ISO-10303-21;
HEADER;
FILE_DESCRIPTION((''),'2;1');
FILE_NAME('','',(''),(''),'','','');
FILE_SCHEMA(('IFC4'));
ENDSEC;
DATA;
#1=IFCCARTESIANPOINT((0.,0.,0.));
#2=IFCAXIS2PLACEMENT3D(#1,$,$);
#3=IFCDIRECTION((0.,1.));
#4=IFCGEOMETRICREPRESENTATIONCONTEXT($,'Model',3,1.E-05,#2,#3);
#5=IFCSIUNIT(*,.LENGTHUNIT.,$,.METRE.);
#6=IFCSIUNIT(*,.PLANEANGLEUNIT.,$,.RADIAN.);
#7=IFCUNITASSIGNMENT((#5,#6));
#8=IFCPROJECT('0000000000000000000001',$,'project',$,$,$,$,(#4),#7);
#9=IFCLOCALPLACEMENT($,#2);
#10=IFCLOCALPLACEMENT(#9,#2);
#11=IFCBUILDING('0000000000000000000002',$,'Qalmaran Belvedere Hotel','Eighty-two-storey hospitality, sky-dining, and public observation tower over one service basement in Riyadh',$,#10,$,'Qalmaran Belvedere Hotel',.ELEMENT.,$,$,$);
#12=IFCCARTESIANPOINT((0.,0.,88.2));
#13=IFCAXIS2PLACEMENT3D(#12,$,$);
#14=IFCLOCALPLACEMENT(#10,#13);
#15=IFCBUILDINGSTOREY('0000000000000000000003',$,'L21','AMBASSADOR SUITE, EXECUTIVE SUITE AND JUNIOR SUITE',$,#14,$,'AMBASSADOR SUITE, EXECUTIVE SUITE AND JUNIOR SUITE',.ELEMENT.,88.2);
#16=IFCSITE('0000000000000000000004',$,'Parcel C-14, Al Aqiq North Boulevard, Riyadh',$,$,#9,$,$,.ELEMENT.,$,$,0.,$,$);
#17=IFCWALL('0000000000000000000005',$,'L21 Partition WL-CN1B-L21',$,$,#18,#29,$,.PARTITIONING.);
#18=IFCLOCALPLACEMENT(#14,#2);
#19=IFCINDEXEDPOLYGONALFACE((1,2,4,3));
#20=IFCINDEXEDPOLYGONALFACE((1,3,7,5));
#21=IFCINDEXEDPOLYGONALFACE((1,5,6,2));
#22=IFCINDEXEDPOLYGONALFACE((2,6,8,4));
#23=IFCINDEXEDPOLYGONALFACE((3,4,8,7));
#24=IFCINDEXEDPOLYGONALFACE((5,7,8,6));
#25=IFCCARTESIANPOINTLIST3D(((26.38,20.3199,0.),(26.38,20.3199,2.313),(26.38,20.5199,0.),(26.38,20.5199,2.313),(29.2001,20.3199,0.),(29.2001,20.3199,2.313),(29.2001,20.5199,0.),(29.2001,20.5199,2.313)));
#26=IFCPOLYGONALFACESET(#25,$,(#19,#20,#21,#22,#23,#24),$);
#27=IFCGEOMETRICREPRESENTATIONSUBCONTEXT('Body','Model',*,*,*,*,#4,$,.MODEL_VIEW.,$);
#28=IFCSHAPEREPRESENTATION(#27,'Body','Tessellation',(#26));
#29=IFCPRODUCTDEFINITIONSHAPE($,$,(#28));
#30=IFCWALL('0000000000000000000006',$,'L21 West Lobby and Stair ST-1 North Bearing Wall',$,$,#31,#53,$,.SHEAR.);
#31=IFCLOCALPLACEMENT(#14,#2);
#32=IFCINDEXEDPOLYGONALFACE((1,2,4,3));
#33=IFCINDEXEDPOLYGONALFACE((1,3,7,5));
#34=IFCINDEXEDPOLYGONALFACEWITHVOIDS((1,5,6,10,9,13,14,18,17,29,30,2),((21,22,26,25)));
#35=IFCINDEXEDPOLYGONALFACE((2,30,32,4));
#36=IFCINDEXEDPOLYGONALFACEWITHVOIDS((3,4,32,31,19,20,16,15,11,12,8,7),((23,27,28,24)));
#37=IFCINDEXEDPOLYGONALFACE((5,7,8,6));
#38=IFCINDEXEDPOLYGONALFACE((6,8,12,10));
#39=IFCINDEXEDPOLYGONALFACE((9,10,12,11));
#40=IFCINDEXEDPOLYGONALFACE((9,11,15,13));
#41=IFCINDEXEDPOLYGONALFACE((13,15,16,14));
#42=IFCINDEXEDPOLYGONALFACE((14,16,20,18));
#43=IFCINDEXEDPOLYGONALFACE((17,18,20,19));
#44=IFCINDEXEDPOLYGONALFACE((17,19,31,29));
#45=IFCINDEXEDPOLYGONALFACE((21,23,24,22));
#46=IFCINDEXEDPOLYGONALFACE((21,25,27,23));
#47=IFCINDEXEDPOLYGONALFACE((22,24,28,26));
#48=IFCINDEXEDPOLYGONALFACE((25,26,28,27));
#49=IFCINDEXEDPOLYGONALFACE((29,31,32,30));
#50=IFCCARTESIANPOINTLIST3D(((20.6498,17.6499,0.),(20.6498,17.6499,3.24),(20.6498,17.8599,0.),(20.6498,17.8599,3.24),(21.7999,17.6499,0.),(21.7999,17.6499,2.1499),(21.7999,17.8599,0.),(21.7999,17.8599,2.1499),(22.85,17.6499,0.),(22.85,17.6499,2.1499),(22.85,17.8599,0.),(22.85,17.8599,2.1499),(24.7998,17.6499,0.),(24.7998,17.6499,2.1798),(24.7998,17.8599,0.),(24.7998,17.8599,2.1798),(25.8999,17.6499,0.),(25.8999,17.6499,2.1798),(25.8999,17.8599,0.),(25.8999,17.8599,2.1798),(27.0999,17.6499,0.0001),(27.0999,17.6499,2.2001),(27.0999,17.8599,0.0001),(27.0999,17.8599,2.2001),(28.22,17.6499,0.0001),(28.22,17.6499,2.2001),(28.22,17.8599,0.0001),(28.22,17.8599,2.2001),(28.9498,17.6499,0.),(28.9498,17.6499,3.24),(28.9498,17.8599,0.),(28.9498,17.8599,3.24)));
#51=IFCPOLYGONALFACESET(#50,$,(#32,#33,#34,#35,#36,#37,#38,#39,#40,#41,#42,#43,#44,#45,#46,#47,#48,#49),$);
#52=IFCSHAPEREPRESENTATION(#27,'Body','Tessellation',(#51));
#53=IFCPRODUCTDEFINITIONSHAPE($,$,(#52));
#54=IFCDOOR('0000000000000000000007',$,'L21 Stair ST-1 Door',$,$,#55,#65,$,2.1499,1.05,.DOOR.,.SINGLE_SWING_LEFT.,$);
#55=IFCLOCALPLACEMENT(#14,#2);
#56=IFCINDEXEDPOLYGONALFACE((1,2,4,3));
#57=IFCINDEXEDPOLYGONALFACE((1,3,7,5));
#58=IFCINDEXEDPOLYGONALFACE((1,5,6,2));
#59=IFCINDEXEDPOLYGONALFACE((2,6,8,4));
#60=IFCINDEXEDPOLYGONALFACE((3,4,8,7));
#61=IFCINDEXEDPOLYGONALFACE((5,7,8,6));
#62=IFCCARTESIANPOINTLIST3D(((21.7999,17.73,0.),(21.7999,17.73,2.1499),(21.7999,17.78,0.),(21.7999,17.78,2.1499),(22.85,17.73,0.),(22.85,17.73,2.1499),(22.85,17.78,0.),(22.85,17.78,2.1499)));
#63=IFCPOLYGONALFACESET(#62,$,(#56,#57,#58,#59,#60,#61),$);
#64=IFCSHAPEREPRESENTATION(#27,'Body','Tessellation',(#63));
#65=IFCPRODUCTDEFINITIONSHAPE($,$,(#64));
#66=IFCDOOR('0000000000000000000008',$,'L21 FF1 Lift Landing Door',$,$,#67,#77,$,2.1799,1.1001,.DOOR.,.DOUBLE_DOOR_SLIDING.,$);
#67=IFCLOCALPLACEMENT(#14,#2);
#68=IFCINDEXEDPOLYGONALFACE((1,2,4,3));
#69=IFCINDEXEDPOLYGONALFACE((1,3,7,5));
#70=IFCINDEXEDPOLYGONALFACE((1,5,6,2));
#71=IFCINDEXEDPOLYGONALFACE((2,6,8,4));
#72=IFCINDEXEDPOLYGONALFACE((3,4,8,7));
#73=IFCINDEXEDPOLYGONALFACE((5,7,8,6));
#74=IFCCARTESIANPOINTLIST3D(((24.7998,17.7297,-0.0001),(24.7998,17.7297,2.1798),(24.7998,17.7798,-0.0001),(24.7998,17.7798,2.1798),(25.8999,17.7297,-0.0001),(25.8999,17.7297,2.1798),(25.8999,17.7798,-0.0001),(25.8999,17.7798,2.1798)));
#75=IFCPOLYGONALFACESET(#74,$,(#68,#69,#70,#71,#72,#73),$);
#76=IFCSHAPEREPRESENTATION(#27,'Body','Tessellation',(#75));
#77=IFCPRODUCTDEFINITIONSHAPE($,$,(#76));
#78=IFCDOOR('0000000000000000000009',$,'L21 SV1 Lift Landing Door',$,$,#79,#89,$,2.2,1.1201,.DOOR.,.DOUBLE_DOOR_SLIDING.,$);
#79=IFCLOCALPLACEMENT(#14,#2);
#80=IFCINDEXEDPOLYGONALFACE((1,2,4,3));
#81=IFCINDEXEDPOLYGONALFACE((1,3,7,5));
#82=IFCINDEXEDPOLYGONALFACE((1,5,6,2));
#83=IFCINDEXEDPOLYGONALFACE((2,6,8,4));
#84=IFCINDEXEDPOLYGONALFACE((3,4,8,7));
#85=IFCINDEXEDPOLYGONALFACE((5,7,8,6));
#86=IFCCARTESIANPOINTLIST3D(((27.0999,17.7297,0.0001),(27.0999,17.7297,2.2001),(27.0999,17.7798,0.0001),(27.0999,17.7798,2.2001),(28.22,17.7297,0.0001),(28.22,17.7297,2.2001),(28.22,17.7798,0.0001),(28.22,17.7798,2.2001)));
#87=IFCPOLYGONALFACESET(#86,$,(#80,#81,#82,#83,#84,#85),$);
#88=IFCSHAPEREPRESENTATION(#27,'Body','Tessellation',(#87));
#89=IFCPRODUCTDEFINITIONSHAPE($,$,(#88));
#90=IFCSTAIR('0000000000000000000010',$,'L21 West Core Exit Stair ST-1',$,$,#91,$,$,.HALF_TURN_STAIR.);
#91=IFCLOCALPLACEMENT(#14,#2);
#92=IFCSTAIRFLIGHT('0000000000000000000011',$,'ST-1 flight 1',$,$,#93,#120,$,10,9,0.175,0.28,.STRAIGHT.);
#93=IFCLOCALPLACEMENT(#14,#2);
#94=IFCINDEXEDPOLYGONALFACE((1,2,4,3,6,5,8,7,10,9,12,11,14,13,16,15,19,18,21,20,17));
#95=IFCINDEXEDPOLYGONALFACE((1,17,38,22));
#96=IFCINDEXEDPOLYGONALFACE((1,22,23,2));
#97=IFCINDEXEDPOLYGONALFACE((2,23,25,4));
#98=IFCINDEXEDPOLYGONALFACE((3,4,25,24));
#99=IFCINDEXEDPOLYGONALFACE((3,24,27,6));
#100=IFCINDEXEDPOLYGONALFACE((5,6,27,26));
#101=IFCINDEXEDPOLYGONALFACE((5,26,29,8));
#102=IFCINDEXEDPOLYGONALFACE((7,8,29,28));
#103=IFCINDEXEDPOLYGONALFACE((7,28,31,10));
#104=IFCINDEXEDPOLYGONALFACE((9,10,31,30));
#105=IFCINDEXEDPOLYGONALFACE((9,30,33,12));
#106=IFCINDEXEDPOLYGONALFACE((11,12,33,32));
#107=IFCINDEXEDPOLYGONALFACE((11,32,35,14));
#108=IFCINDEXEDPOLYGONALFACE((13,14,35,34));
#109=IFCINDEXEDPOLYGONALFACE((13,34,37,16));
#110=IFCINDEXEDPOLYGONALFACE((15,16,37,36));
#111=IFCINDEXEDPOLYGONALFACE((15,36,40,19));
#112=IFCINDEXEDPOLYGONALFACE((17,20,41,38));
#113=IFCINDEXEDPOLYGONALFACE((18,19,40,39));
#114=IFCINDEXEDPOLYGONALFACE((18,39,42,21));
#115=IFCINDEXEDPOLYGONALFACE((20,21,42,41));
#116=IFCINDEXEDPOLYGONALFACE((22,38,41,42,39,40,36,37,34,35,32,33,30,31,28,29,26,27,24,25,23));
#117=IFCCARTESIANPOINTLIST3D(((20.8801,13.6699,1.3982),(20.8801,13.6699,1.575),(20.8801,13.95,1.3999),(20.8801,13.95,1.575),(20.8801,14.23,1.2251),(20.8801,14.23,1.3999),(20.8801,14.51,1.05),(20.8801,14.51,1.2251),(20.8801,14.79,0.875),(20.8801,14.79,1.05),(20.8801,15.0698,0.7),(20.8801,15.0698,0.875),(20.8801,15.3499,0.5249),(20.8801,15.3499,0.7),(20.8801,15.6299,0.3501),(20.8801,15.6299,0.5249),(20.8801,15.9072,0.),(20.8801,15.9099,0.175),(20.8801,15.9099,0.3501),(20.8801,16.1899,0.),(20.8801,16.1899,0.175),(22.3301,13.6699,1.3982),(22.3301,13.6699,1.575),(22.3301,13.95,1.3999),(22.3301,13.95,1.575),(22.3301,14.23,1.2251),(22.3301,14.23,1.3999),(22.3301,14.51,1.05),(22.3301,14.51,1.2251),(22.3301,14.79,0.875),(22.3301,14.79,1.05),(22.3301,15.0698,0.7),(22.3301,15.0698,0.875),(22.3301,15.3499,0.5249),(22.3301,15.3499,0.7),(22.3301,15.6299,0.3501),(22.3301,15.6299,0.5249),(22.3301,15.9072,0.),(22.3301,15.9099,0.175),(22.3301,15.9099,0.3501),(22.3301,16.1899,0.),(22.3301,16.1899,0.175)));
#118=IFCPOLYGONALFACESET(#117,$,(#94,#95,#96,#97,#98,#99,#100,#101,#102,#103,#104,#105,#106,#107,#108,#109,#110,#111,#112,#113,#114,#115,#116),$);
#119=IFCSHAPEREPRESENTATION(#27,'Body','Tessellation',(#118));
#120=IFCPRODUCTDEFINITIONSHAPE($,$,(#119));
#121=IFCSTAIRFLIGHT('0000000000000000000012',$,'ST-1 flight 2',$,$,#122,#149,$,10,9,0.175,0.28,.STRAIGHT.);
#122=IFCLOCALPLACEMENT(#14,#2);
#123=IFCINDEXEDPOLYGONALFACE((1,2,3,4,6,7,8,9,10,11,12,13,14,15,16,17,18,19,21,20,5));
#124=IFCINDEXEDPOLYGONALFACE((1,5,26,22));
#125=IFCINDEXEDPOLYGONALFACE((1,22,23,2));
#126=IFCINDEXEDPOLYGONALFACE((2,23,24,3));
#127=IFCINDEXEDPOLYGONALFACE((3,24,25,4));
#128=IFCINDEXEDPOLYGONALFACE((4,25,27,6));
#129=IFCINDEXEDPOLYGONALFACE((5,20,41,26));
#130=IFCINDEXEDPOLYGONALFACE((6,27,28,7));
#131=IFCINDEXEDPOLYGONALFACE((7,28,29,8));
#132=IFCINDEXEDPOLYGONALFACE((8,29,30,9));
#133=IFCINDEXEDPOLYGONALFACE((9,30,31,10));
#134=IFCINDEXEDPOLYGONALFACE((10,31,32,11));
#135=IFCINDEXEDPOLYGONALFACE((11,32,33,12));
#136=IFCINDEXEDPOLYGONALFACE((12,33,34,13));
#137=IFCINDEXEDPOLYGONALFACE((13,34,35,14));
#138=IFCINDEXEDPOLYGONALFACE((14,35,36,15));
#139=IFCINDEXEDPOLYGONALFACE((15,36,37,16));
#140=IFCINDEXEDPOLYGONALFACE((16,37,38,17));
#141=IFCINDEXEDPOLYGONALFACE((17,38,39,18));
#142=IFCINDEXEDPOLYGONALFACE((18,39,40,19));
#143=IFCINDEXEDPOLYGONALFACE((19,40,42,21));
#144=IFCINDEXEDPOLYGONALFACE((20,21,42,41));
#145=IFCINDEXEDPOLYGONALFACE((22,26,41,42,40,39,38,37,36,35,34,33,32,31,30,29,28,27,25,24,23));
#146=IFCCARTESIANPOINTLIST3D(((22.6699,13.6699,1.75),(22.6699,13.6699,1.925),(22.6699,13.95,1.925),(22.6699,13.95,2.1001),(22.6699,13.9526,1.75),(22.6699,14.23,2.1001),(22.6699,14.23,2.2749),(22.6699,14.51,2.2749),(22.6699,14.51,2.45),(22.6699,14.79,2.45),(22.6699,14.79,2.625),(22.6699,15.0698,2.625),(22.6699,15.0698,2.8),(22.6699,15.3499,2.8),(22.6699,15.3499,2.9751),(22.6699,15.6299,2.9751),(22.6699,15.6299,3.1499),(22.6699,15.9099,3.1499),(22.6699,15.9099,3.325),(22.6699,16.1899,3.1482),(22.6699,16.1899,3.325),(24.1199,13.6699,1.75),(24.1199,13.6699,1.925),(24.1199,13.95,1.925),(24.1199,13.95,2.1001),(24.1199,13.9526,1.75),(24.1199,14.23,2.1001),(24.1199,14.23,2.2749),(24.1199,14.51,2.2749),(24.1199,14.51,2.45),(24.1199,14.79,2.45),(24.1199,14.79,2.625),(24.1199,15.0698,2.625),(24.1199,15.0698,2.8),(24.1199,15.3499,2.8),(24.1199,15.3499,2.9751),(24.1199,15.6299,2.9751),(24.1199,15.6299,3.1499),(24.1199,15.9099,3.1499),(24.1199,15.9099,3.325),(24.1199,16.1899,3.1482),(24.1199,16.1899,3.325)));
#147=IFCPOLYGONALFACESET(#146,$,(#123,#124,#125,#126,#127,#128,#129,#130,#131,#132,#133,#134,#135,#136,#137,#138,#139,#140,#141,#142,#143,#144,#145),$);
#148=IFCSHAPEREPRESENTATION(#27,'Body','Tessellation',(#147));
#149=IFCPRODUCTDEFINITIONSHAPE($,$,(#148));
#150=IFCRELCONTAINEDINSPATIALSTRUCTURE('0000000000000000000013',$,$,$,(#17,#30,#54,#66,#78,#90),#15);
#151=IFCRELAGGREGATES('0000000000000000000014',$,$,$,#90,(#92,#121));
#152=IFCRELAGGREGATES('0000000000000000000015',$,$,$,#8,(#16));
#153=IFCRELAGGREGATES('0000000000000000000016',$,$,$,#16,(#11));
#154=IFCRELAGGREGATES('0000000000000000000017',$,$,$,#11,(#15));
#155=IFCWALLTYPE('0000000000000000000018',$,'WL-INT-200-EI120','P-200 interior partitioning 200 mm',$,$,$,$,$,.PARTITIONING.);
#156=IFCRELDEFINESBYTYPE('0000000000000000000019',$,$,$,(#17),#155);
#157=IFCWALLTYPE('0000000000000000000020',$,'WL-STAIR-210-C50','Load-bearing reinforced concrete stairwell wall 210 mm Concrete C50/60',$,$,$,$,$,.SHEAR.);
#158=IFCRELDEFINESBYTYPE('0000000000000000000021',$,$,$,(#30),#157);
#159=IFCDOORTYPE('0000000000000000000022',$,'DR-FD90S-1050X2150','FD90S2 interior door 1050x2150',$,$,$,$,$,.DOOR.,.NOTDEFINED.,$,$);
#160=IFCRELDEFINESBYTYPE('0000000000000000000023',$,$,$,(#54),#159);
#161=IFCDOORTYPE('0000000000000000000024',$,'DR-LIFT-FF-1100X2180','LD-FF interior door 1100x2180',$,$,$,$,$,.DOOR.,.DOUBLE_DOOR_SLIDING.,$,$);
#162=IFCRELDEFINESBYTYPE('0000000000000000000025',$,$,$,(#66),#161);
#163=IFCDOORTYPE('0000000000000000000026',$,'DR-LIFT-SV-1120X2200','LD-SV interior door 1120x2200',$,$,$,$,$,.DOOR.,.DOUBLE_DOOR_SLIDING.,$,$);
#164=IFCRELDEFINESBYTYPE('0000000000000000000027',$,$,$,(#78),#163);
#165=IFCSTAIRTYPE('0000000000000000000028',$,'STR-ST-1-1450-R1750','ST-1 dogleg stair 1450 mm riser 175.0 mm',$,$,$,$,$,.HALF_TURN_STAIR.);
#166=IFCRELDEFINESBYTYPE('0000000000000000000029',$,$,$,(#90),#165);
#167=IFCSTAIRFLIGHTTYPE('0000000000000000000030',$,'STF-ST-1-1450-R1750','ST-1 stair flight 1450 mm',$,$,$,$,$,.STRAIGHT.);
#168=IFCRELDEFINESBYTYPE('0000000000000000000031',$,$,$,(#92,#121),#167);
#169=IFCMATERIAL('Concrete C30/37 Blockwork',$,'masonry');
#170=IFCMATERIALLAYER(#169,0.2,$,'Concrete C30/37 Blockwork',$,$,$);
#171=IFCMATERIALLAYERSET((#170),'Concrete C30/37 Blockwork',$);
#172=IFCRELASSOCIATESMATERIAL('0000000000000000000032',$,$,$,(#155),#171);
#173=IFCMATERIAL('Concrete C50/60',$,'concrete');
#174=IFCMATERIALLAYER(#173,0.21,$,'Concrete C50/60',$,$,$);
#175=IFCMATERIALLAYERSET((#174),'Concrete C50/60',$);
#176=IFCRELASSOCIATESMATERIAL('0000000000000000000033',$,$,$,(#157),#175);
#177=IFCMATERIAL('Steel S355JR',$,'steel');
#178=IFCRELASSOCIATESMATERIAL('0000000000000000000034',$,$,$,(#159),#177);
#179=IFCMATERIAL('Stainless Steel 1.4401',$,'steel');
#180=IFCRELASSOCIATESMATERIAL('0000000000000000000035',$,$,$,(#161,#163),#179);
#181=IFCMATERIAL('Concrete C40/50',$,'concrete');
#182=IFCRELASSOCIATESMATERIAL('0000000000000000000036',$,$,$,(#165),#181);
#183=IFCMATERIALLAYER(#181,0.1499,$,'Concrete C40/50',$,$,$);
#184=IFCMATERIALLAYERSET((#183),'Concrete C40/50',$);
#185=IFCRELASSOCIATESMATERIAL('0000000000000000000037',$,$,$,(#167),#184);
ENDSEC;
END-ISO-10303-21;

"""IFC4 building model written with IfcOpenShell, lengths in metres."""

from ifc_helpers import new_model, si_unit, direction, frame, frame_2d, origin, place, context, subcontext, project, spatial, polyline, rectangle, outline, extrude, material, layer, layer_set, type_object, element, fill, aggregate, save


model = new_model("IFC4")

# Units and contexts
model_context = context("Model", 3, precision=1e-05, world=origin(), true_north=direction((0.0, 1.0)))
body_context = subcontext(model_context, "Body", "Model", "MODEL_VIEW")
ifc_project = project(units=[si_unit("LENGTHUNIT", "METRE"), si_unit("PLANEANGLEUNIT", "RADIAN")], contexts=[model_context])

# Site, building, storey
site_placement = place(None, origin())
site = spatial("IfcSite", under=ifc_project, at=site_placement, Name="Parcel C-14, Al Aqiq North Boulevard, Riyadh", CompositionType="ELEMENT", RefElevation=0.0)
building_placement = place(site_placement, origin())
building = spatial("IfcBuilding", under=site, at=building_placement, Name="Qalmaran Belvedere Hotel", Description="Eighty-two-storey hospitality, sky-dining, and public observation tower over one service basement in Riyadh", LongName="Qalmaran Belvedere Hotel", CompositionType="ELEMENT")
storey_placement = place(building_placement, frame((0.0, 0.0, 88.2)))
storey = spatial("IfcBuildingStorey", under=building, at=storey_placement, Name="L21", Description="AMBASSADOR SUITE, EXECUTIVE SUITE AND JUNIOR SUITE", LongName="AMBASSADOR SUITE, EXECUTIVE SUITE AND JUNIOR SUITE", CompositionType="ELEMENT", Elevation=88.2)

# Shared definitions
ifc_material_1 = material(Name="Steel S355JR", Category="steel")

# Shared definitions
ifc_material_2 = material(Name="Concrete C30/37 Blockwork", Category="masonry")
ifc_layer_1 = layer(ifc_material_2, 0.2, Name="Concrete C30/37 Blockwork")
ifc_layer_set_1 = layer_set([ifc_layer_1], Name="Concrete C30/37 Blockwork")
wall_type_1 = type_object("IfcWallType", Name="WL-INT-200-EI120", Description="P-200 interior partitioning 200 mm", PredefinedType="PARTITIONING", material=ifc_layer_set_1)

# Wall
wall_1_placement = place(storey_placement, frame((26.3799, 20.4199, 0.0), z_axis=(0.0, 0.0, 1.0), x_axis=(1.0, 0.0, 0.0)))
element("IfcWall", 1, at=wall_1_placement, inside=storey, type_object=wall_type_1, Name="L21 Partition WL-CN1B-L21", PredefinedType="PARTITIONING", context=body_context, shape_type="SweptSolid", body=[
    extrude(rectangle(XDim=2.8201, YDim=0.2, at=frame_2d((1.4102, 0.0))), origin(), (0.0, 0.0, 1.0), 2.313),
])

# Wall, openings, doors
ifc_material_3 = material(Name="Concrete C50/60", Category="concrete")
ifc_layer_2 = layer(ifc_material_3, 0.21, Name="Concrete C50/60")
ifc_layer_set_2 = layer_set([ifc_layer_2], Name="Concrete C50/60")
wall_type_2 = type_object("IfcWallType", Name="WL-STAIR-210-C50", Description="Load-bearing reinforced concrete stairwell wall 210 mm Concrete C50/60", PredefinedType="SHEAR", material=ifc_layer_set_2)
wall_2_placement = place(storey_placement, frame((20.6499, 17.7549, 0.0), z_axis=(0.0, 0.0, 1.0), x_axis=(1.0, 0.0, 0.0)))
wall_2 = element("IfcWall", 2, at=wall_2_placement, inside=storey, type_object=wall_type_2, Name="L21 West Lobby and Stair ST-1 North Bearing Wall", PredefinedType="SHEAR", context=body_context, shape_type="SweptSolid", body=[
    extrude(rectangle(XDim=8.3, YDim=0.21, at=frame_2d((4.1499, 0.0))), origin(), (0.0, 0.0, 1.0), 3.24),
])
opening_1_placement = place(wall_2_placement, frame((2.2, 0.0, 0.0), z_axis=(0.0, 0.0, 1.0), x_axis=(-1.0, 0.0, 0.0)))
opening_1 = element("IfcOpeningElement", 3, at=opening_1_placement, cuts=wall_2, PredefinedType="OPENING", context=body_context, shape_type="SweptSolid", body=[
    extrude(rectangle(XDim=1.05, YDim=2.1499, at=frame_2d((0.5249, 1.075))), frame((0.0, 0.115, 0.0), z_axis=(0.0, -1.0, 0.0), x_axis=(1.0, 0.0, 0.0)), (0.0, 0.0, 1.0), 0.23),
])
opening_2_placement = place(wall_2_placement, frame((4.1499, 0.0, 0.0)))
opening_2 = element("IfcOpeningElement", 4, at=opening_2_placement, cuts=wall_2, PredefinedType="OPENING", context=body_context, shape_type="SweptSolid", body=[
    extrude(rectangle(XDim=1.1001, YDim=2.1799, at=frame_2d((0.55, 1.0898))), frame((0.0, 0.115, 0.0), z_axis=(0.0, -1.0, 0.0), x_axis=(1.0, 0.0, 0.0)), (0.0, 0.0, 1.0), 0.23),
])
opening_3_placement = place(wall_2_placement, frame((6.45, 0.0, 0.0)))
opening_3 = element("IfcOpeningElement", 5, at=opening_3_placement, cuts=wall_2, PredefinedType="OPENING", context=body_context, shape_type="SweptSolid", body=[
    extrude(rectangle(XDim=1.1201, YDim=2.2, at=frame_2d((0.5601, 1.1001))), frame((0.0, 0.115, 0.0), z_axis=(0.0, -1.0, 0.0), x_axis=(1.0, 0.0, 0.0)), (0.0, 0.0, 1.0), 0.23),
])
door_type_1 = type_object("IfcDoorType", Name="DR-FD90S-1050X2150", Description="FD90S2 interior door 1050x2150", OperationType="NOTDEFINED", PredefinedType="DOOR", material=ifc_material_1)
door_1_placement = place(opening_1_placement, origin())
door_1 = element("IfcDoor", 6, at=door_1_placement, inside=storey, type_object=door_type_1, Name="L21 Stair ST-1 Door", OperationType="SINGLE_SWING_LEFT", OverallHeight=2.1499, OverallWidth=1.05, PredefinedType="DOOR", context=body_context, shape_type="SweptSolid", body=[
    extrude(rectangle(XDim=1.05, YDim=2.1499, at=frame_2d((0.5249, 1.075))), frame((0.0, 0.0249, 0.0), z_axis=(0.0, -1.0, 0.0), x_axis=(1.0, 0.0, 0.0)), (0.0, 0.0, 1.0), 0.05),
])
fill(opening_1, door_1)
ifc_material_4 = material(Name="Stainless Steel 1.4401", Category="steel")
door_type_2 = type_object("IfcDoorType", Name="DR-LIFT-FF-1100X2180", Description="LD-FF interior door 1100x2180", OperationType="DOUBLE_DOOR_SLIDING", PredefinedType="DOOR", material=ifc_material_4)
door_2_placement = place(opening_2_placement, origin())
door_2 = element("IfcDoor", 7, at=door_2_placement, inside=storey, type_object=door_type_2, Name="L21 FF1 Lift Landing Door", OperationType="DOUBLE_DOOR_SLIDING", OverallHeight=2.1799, OverallWidth=1.1001, PredefinedType="DOOR", context=body_context, shape_type="SweptSolid", body=[
    extrude(rectangle(XDim=1.1001, YDim=2.1799, at=frame_2d((0.55, 1.0898))), frame((0.0, 0.0249, 0.0), z_axis=(0.0, -1.0, 0.0), x_axis=(1.0, 0.0, 0.0)), (0.0, 0.0, 1.0), 0.05),
])
fill(opening_2, door_2)
door_type_3 = type_object("IfcDoorType", Name="DR-LIFT-SV-1120X2200", Description="LD-SV interior door 1120x2200", OperationType="DOUBLE_DOOR_SLIDING", PredefinedType="DOOR", material=ifc_material_4)
door_3_placement = place(opening_3_placement, origin())
door_3 = element("IfcDoor", 8, at=door_3_placement, inside=storey, type_object=door_type_3, Name="L21 SV1 Lift Landing Door", OperationType="DOUBLE_DOOR_SLIDING", OverallHeight=2.2, OverallWidth=1.1201, PredefinedType="DOOR", context=body_context, shape_type="SweptSolid", body=[
    extrude(rectangle(XDim=1.1201, YDim=2.2, at=frame_2d((0.5601, 1.1001))), frame((0.0, 0.0249, 0.0), z_axis=(0.0, -1.0, 0.0), x_axis=(1.0, 0.0, 0.0)), (0.0, 0.0, 1.0), 0.05),
])
fill(opening_3, door_3)

# Stair, stair flights
ifc_material_5 = material(Name="Concrete C40/50", Category="concrete")
stair_type = type_object("IfcStairType", Name="STR-ST-1-1450-R1750", Description="ST-1 dogleg stair 1450 mm riser 175.0 mm", PredefinedType="HALF_TURN_STAIR", material=ifc_material_5)
stair_placement = place(storey_placement, origin())
stair = element("IfcStair", 9, at=stair_placement, inside=storey, type_object=stair_type, Name="L21 West Core Exit Stair ST-1", PredefinedType="HALF_TURN_STAIR")
ifc_layer_3 = layer(ifc_material_5, 0.1499, Name="Concrete C40/50")
ifc_layer_set_3 = layer_set([ifc_layer_3], Name="Concrete C40/50")
stair_flight_type = type_object("IfcStairFlightType", Name="STF-ST-1-1450-R1750", Description="ST-1 stair flight 1450 mm", PredefinedType="STRAIGHT", material=ifc_layer_set_3)
stair_flight_1_placement = place(storey_placement, frame((21.605, 16.1899, 0.0), z_axis=(0.0, 0.0, 1.0), x_axis=(0.0, -1.0, 0.0)))
stair_flight_1 = element("IfcStairFlight", 10, at=stair_flight_1_placement, type_object=stair_flight_type, Name="ST-1 flight 1", NumberOfRisers=10, NumberOfTreads=9, PredefinedType="STRAIGHT", RiserHeight=0.175, TreadLength=0.28, context=body_context, shape_type="SweptSolid", body=[
    extrude(outline(polyline([(0.0, 0.0), (0.0, 0.175), (0.28, 0.175), (0.28, 0.3501), (0.5601, 0.3501), (0.5601, 0.5249), (0.8401, 0.5249), (0.8401, 0.7), (1.1201, 0.7), (1.1201, 0.875), (1.3999, 0.875), (1.3999, 1.05), (1.6799, 1.05), (1.6799, 1.2251), (1.96, 1.2251), (1.96, 1.3999), (2.24, 1.3999), (2.24, 1.575), (2.52, 1.575), (2.52, 1.75), (2.52, 1.3982), (0.2827, 0.0), (0.0, 0.0)])), frame((0.0, 0.7251, 0.0), z_axis=(0.0, -1.0, 0.0), x_axis=(1.0, 0.0, 0.0)), (0.0, 0.0, 1.0), 1.45),
])
stair_flight_2_placement = place(storey_placement, frame((23.395, 13.6699, 1.75), z_axis=(0.0, 0.0, 1.0), x_axis=(0.0, 1.0, 0.0)))
stair_flight_2 = element("IfcStairFlight", 11, at=stair_flight_2_placement, type_object=stair_flight_type, Name="ST-1 flight 2", NumberOfRisers=10, NumberOfTreads=9, PredefinedType="STRAIGHT", RiserHeight=0.175, TreadLength=0.28, context=body_context, shape_type="SweptSolid", body=[
    extrude(outline(polyline([(0.0, 0.0), (0.0, 0.175), (0.28, 0.175), (0.28, 0.3501), (0.5601, 0.3501), (0.5601, 0.5249), (0.8401, 0.5249), (0.8401, 0.7), (1.1201, 0.7), (1.1201, 0.875), (1.3999, 0.875), (1.3999, 1.05), (1.6799, 1.05), (1.6799, 1.2251), (1.96, 1.2251), (1.96, 1.3999), (2.24, 1.3999), (2.24, 1.575), (2.52, 1.575), (2.52, 1.75), (2.52, 1.3982), (0.2827, 0.0), (0.0, 0.0)])), frame((0.0, 0.7251, 0.0), z_axis=(0.0, -1.0, 0.0), x_axis=(1.0, 0.0, 0.0)), (0.0, 0.0, 1.0), 1.45),
])
aggregate(stair, [stair_flight_1, stair_flight_2])

save(model, "model.ifc")
